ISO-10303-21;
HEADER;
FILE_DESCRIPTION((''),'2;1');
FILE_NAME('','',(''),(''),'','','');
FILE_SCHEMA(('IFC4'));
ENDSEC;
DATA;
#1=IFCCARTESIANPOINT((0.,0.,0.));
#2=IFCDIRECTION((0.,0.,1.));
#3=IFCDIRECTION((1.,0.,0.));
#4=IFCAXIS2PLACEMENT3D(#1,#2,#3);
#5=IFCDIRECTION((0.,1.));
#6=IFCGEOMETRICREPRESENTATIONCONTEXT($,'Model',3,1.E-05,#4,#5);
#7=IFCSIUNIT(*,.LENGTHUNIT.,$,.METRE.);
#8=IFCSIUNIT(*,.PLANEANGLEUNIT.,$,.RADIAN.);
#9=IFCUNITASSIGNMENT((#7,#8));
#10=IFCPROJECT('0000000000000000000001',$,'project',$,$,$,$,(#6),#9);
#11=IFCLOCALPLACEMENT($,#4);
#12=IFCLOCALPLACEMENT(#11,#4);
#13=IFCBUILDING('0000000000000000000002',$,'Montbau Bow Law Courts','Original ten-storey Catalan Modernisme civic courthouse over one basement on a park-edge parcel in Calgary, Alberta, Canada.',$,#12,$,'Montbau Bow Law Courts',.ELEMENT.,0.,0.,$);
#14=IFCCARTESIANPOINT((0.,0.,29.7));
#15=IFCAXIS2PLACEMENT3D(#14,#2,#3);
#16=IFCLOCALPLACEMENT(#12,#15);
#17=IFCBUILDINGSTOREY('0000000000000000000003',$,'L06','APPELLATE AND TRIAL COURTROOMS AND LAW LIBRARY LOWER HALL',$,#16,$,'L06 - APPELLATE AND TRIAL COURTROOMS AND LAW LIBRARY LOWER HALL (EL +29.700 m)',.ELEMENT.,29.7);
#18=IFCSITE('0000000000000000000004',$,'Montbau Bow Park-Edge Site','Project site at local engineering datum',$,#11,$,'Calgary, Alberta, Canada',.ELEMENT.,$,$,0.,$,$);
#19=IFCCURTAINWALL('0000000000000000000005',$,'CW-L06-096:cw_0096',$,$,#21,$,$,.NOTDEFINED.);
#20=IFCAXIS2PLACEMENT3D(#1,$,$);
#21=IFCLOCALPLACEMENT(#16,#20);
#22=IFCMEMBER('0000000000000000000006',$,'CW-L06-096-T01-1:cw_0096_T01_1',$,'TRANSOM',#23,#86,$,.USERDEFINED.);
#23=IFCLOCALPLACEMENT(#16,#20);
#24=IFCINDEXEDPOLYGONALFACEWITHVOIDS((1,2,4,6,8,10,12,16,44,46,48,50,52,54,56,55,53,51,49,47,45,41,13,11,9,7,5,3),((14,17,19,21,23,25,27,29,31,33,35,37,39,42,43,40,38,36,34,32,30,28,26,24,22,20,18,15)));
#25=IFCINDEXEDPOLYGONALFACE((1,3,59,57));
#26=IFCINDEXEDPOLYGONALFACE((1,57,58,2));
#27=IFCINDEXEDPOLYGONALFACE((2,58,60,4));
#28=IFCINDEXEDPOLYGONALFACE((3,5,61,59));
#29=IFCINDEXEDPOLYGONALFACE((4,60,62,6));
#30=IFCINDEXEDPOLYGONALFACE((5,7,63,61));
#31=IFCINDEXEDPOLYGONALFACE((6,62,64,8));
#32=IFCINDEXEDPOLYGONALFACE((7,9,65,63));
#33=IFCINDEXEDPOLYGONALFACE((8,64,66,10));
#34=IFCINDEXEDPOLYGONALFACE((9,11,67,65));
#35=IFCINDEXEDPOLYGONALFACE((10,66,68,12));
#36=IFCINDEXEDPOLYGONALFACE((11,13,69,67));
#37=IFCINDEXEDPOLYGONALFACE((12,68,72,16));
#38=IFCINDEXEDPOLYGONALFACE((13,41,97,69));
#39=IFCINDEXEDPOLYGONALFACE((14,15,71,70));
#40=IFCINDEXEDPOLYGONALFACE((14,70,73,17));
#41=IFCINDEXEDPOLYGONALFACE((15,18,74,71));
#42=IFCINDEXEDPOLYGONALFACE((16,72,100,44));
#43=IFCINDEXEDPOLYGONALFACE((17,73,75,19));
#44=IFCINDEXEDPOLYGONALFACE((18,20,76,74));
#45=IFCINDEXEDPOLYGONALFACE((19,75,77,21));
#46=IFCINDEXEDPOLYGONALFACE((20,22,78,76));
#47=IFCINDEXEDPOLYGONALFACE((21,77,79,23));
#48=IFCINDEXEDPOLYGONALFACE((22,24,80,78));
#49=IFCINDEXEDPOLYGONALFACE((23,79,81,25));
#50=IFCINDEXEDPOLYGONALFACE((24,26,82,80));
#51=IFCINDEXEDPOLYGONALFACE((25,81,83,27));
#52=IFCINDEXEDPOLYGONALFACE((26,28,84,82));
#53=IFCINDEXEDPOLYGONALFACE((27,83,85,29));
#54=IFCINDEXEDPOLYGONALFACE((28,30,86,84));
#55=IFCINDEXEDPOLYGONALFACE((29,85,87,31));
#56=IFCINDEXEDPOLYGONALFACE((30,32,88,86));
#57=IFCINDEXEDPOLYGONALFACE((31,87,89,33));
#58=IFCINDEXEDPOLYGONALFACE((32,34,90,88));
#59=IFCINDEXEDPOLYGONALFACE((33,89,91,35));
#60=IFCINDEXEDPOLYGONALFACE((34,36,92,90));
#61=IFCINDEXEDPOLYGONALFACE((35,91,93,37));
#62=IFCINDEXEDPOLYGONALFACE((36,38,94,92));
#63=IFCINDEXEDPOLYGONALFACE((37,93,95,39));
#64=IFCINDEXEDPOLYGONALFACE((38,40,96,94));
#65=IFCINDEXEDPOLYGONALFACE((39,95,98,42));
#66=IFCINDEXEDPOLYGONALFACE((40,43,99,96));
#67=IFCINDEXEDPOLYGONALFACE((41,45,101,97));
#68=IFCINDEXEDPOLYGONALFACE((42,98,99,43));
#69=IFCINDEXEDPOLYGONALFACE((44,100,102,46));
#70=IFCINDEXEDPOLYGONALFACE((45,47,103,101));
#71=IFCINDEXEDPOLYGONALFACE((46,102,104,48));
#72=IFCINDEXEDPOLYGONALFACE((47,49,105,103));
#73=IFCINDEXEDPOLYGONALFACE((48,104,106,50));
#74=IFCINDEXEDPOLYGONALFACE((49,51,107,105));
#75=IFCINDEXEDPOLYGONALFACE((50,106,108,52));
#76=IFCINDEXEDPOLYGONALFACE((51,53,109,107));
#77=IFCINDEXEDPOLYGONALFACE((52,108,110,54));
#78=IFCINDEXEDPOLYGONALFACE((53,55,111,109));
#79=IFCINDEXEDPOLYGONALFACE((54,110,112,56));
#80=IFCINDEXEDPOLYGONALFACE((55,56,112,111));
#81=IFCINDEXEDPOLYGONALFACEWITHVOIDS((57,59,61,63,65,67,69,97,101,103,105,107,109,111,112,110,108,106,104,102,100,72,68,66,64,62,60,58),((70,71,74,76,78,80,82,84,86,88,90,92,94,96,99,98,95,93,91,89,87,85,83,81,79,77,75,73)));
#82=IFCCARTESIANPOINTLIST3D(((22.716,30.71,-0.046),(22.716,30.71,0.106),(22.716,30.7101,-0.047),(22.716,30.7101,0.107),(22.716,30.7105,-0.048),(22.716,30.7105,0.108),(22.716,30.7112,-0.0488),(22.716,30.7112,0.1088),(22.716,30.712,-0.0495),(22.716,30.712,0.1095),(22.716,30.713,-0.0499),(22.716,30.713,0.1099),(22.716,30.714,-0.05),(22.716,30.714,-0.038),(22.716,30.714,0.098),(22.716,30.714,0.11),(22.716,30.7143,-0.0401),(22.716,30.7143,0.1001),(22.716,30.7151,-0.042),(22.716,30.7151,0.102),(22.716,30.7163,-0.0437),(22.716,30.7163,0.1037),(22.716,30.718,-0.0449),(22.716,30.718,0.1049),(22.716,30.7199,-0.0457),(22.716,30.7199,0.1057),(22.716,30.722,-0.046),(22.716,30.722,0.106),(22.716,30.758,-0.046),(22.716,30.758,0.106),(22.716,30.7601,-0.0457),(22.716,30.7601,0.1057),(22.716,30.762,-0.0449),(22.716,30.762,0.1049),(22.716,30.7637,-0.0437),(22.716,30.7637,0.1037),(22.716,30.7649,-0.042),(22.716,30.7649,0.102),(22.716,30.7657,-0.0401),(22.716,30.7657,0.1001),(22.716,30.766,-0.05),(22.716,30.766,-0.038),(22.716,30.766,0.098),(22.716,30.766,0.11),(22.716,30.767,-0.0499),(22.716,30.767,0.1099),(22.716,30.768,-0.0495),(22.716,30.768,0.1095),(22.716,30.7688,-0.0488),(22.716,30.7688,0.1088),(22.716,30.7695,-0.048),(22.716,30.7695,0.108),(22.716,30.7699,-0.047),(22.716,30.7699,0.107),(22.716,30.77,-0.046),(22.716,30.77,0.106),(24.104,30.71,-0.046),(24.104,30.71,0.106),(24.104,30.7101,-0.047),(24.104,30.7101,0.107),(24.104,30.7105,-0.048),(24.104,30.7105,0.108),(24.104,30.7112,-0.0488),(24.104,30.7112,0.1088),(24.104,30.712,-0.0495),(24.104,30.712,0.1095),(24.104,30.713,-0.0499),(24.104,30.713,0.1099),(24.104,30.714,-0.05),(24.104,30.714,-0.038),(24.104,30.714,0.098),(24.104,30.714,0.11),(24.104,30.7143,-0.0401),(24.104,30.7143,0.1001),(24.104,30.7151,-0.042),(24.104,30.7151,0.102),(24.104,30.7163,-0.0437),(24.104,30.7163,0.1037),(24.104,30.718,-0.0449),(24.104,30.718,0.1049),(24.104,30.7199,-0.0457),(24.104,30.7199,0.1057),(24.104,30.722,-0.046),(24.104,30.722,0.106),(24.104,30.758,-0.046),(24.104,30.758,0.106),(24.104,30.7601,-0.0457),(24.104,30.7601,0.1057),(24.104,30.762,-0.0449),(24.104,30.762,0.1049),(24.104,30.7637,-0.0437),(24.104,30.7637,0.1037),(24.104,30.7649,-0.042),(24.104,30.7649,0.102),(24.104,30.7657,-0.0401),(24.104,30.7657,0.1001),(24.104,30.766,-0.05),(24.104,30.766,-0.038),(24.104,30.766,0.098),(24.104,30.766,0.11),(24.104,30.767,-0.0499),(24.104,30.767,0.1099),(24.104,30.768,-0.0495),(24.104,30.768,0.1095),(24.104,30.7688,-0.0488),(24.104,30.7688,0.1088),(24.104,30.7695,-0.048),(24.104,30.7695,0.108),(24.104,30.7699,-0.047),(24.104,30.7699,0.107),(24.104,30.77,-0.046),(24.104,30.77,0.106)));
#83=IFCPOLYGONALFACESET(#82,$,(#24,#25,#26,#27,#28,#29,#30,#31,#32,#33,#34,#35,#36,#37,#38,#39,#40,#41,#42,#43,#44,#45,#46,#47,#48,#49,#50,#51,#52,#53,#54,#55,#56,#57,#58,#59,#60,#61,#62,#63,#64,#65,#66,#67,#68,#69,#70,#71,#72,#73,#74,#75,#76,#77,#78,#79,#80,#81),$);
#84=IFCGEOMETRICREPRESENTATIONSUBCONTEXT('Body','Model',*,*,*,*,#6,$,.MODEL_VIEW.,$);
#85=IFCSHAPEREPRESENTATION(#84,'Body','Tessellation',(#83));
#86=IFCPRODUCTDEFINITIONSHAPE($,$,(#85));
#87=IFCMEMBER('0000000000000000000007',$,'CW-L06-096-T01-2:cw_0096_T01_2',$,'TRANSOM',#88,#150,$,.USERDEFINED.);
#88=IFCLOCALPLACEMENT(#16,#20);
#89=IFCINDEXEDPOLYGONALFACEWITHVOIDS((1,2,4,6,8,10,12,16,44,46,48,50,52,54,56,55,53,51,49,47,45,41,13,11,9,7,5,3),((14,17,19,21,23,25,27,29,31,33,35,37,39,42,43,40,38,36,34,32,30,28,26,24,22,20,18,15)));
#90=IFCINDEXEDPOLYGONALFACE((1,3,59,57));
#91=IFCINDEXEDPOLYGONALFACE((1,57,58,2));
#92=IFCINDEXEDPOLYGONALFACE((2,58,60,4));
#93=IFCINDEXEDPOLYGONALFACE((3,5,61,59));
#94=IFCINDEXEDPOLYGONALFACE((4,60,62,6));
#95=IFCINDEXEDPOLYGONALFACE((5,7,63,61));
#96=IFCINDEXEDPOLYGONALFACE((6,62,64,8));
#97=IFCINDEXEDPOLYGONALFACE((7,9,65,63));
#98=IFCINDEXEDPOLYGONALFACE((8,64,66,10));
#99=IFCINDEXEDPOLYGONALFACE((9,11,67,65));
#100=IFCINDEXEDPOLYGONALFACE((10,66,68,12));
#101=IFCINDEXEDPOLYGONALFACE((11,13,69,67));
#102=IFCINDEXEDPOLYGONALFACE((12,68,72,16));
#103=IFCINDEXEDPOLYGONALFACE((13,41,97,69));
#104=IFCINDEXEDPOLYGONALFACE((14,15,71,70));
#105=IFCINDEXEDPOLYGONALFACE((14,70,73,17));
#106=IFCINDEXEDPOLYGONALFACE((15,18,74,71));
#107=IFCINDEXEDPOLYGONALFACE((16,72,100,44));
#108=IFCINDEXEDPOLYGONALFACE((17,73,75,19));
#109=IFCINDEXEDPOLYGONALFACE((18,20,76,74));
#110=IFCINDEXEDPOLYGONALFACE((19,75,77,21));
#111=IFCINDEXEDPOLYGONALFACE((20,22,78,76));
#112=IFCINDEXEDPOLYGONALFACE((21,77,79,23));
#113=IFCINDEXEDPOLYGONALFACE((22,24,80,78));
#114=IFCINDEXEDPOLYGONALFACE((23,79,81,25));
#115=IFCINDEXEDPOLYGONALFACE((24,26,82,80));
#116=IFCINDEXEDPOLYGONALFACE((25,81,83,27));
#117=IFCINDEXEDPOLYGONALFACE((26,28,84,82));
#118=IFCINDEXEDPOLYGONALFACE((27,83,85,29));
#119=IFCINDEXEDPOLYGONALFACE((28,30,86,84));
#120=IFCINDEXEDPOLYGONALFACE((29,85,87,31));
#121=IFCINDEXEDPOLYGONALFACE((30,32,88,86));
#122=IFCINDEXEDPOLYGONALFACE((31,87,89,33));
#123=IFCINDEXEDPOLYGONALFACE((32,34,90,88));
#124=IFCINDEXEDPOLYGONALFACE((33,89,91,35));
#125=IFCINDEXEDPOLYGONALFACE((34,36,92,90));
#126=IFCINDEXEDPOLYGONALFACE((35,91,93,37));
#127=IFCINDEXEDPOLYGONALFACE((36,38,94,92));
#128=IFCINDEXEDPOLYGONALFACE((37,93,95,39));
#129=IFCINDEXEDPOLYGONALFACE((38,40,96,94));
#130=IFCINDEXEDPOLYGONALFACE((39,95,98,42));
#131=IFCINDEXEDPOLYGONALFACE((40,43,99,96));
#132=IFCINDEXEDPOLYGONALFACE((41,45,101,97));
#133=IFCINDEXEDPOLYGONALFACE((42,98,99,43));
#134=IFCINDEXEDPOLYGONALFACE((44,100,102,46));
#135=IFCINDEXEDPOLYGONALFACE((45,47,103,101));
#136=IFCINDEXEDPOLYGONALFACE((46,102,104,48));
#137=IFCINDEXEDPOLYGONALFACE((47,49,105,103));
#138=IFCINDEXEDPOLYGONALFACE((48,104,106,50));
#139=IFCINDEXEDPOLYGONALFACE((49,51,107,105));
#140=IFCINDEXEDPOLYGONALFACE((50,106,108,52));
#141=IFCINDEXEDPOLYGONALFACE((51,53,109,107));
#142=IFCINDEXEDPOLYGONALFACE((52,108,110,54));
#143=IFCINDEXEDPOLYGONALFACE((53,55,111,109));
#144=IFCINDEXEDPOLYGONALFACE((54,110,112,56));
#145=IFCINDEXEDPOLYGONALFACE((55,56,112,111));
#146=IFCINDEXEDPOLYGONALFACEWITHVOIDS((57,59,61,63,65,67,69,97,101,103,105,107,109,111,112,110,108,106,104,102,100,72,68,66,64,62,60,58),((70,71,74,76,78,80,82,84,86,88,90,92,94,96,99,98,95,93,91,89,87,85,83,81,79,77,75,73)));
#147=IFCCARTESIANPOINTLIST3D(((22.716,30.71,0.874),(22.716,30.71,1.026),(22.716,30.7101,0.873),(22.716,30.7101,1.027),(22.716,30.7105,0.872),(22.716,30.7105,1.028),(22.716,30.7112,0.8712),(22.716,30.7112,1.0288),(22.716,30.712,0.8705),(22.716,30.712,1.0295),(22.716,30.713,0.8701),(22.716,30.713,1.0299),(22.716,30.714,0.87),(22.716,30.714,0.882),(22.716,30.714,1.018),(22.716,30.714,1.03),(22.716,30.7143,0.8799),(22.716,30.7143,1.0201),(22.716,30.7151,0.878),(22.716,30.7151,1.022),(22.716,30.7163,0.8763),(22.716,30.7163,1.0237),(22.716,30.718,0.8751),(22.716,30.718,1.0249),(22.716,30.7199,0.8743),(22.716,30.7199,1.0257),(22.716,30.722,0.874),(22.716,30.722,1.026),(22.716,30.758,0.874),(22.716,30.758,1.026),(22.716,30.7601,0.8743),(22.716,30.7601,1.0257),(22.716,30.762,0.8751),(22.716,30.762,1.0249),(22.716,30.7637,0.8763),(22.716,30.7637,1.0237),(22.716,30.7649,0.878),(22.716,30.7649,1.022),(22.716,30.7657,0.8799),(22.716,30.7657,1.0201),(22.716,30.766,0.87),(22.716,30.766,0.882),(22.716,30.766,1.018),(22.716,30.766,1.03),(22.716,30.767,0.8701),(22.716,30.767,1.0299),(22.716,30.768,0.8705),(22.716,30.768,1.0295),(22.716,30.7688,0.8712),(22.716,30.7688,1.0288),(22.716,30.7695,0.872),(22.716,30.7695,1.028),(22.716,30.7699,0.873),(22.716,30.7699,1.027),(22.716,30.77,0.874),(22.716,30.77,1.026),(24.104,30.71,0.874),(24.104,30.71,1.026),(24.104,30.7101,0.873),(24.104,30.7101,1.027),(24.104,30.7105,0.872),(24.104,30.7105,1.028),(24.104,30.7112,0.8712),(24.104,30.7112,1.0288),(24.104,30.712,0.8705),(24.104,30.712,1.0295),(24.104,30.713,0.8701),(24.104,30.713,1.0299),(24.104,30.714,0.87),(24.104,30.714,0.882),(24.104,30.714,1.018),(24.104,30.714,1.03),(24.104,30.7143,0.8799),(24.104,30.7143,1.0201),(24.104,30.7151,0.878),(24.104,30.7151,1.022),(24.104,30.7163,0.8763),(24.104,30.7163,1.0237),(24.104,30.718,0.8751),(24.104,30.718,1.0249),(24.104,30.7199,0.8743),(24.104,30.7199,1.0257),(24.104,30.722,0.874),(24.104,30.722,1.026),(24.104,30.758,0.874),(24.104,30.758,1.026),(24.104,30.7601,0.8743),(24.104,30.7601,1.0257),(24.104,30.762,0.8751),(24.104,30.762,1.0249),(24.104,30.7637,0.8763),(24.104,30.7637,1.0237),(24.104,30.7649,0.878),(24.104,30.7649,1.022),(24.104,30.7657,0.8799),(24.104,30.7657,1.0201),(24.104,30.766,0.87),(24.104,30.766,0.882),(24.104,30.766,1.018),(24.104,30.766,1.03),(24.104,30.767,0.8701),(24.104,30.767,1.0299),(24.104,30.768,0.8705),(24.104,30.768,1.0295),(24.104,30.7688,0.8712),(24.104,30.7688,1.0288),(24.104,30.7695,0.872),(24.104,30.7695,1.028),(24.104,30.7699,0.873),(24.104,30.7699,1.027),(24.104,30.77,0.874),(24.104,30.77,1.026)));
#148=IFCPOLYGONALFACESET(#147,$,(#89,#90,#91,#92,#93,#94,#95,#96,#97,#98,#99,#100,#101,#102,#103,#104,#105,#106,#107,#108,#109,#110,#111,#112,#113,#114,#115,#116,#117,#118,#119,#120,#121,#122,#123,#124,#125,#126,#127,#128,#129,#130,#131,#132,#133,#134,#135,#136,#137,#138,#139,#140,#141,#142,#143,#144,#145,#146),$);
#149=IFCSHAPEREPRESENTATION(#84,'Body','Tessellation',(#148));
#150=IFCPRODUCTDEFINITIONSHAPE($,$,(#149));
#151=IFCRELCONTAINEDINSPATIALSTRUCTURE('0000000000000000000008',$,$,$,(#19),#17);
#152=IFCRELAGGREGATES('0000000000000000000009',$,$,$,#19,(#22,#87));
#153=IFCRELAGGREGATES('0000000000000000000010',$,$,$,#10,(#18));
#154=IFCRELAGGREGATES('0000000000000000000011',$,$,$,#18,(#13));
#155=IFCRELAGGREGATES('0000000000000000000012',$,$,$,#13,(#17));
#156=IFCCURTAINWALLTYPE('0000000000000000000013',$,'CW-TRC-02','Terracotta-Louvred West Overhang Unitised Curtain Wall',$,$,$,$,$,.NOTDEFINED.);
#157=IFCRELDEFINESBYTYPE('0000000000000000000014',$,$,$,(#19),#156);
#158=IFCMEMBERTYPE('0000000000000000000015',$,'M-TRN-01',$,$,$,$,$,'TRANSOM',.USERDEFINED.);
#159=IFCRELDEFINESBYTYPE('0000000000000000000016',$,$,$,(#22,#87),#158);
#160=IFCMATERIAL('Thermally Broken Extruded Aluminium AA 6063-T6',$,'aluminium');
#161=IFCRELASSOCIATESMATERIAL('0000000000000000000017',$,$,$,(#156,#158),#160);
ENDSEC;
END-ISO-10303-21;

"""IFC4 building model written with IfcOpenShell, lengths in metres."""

from ifc_helpers import new_model, si_unit, direction, frame, origin_with_axes, origin_2d_with_axis, place, context, subcontext, project, spatial, hollow_rectangle, extrude, material, material_profile, profile_set, type_object, element, aggregate, save


model = new_model("IFC4")

# Units and contexts
model_context = context("Model", 3, precision=1e-05, world=origin_with_axes(), true_north=direction((0.0, 1.0)))
body_context = subcontext(model_context, "Body", "Model", "MODEL_VIEW")
ifc_project = project(units=[si_unit("LENGTHUNIT", "METRE"), si_unit("PLANEANGLEUNIT", "RADIAN")], contexts=[model_context])

# Site, building, storey
site_placement = place(None, origin_with_axes())
site = spatial("IfcSite", under=ifc_project, at=site_placement, Name="Montbau Bow Park-Edge Site", Description="Project site at local engineering datum", LongName="Calgary, Alberta, Canada", CompositionType="ELEMENT", RefElevation=0.0)
building_placement = place(site_placement, origin_with_axes())
building = spatial("IfcBuilding", under=site, at=building_placement, Name="Montbau Bow Law Courts", Description="Original ten-storey Catalan Modernisme civic courthouse over one basement on a park-edge parcel in Calgary, Alberta, Canada.", LongName="Montbau Bow Law Courts", CompositionType="ELEMENT", ElevationOfRefHeight=0.0, ElevationOfTerrain=0.0)
storey_placement = place(building_placement, frame((0.0, 0.0, 29.7), z_axis=(0.0, 0.0, 1.0), x_axis=(1.0, 0.0, 0.0)))
storey = spatial("IfcBuildingStorey", under=building, at=storey_placement, Name="L06", Description="APPELLATE AND TRIAL COURTROOMS AND LAW LIBRARY LOWER HALL", LongName="L06 - APPELLATE AND TRIAL COURTROOMS AND LAW LIBRARY LOWER HALL (EL +29.700 m)", CompositionType="ELEMENT", Elevation=29.7)

# Curtain wall, members
ifc_material_1 = material(Name="Thermally Broken Extruded Aluminium AA 6063-T6", Category="aluminium")
curtain_wall_type = type_object("IfcCurtainWallType", Name="CW-TRC-02", Description="Terracotta-Louvred West Overhang Unitised Curtain Wall", PredefinedType="NOTDEFINED", material=ifc_material_1)
curtain_wall_placement = place(None, frame((22.64, 30.74, 29.7), z_axis=(0.0, 0.0, 1.0), x_axis=(1.0, 0.0, 0.0)))
curtain_wall = element("IfcCurtainWall", 1, at=curtain_wall_placement, inside=storey, type_object=curtain_wall_type, Name="CW-L06-096:cw_0096", PredefinedType="NOTDEFINED")
ifc_material_profile_1 = material_profile(ifc_material_1, hollow_rectangle(XDim=0.06, YDim=0.16, WallThickness=0.004, InnerFilletRadius=0.008, OuterFilletRadius=0.004, at=origin_2d_with_axis()), Name="CWT-160X60", Category="Main", Priority=0)
ifc_profile_set_1 = profile_set([ifc_material_profile_1], Name="Thermally Broken Extruded Aluminium AA 6063-T6")
member_type_1 = type_object("IfcMemberType", Name="M-TRN-01", ElementType="TRANSOM", PredefinedType="USERDEFINED", material=ifc_profile_set_1)
member_1_placement = place(None, frame((22.716, 30.74, 29.73), z_axis=(1.0, 0.0, 0.0), x_axis=(0.0, 1.0, 0.0)))
member_1 = element("IfcMember", 2, at=member_1_placement, type_object=member_type_1, Name="CW-L06-096-T01-1:cw_0096_T01_1", ObjectType="TRANSOM", PredefinedType="USERDEFINED", context=body_context, shape_type="SweptSolid", body=[
    extrude(hollow_rectangle(XDim=0.06, YDim=0.16, WallThickness=0.004, InnerFilletRadius=0.008, OuterFilletRadius=0.004, at=origin_2d_with_axis()), origin_with_axes(), (0.0, 0.0, 1.0), 1.388),
])
member_2_placement = place(None, frame((22.716, 30.74, 30.65), z_axis=(1.0, 0.0, 0.0), x_axis=(0.0, 1.0, 0.0)))
member_2 = element("IfcMember", 3, at=member_2_placement, type_object=member_type_1, Name="CW-L06-096-T01-2:cw_0096_T01_2", ObjectType="TRANSOM", PredefinedType="USERDEFINED", context=body_context, shape_type="SweptSolid", body=[
    extrude(hollow_rectangle(XDim=0.06, YDim=0.16, WallThickness=0.004, InnerFilletRadius=0.008, OuterFilletRadius=0.004, at=origin_2d_with_axis()), origin_with_axes(), (0.0, 0.0, 1.0), 1.388),
])
aggregate(curtain_wall, [member_1, member_2])

save(model, "model.ifc")
